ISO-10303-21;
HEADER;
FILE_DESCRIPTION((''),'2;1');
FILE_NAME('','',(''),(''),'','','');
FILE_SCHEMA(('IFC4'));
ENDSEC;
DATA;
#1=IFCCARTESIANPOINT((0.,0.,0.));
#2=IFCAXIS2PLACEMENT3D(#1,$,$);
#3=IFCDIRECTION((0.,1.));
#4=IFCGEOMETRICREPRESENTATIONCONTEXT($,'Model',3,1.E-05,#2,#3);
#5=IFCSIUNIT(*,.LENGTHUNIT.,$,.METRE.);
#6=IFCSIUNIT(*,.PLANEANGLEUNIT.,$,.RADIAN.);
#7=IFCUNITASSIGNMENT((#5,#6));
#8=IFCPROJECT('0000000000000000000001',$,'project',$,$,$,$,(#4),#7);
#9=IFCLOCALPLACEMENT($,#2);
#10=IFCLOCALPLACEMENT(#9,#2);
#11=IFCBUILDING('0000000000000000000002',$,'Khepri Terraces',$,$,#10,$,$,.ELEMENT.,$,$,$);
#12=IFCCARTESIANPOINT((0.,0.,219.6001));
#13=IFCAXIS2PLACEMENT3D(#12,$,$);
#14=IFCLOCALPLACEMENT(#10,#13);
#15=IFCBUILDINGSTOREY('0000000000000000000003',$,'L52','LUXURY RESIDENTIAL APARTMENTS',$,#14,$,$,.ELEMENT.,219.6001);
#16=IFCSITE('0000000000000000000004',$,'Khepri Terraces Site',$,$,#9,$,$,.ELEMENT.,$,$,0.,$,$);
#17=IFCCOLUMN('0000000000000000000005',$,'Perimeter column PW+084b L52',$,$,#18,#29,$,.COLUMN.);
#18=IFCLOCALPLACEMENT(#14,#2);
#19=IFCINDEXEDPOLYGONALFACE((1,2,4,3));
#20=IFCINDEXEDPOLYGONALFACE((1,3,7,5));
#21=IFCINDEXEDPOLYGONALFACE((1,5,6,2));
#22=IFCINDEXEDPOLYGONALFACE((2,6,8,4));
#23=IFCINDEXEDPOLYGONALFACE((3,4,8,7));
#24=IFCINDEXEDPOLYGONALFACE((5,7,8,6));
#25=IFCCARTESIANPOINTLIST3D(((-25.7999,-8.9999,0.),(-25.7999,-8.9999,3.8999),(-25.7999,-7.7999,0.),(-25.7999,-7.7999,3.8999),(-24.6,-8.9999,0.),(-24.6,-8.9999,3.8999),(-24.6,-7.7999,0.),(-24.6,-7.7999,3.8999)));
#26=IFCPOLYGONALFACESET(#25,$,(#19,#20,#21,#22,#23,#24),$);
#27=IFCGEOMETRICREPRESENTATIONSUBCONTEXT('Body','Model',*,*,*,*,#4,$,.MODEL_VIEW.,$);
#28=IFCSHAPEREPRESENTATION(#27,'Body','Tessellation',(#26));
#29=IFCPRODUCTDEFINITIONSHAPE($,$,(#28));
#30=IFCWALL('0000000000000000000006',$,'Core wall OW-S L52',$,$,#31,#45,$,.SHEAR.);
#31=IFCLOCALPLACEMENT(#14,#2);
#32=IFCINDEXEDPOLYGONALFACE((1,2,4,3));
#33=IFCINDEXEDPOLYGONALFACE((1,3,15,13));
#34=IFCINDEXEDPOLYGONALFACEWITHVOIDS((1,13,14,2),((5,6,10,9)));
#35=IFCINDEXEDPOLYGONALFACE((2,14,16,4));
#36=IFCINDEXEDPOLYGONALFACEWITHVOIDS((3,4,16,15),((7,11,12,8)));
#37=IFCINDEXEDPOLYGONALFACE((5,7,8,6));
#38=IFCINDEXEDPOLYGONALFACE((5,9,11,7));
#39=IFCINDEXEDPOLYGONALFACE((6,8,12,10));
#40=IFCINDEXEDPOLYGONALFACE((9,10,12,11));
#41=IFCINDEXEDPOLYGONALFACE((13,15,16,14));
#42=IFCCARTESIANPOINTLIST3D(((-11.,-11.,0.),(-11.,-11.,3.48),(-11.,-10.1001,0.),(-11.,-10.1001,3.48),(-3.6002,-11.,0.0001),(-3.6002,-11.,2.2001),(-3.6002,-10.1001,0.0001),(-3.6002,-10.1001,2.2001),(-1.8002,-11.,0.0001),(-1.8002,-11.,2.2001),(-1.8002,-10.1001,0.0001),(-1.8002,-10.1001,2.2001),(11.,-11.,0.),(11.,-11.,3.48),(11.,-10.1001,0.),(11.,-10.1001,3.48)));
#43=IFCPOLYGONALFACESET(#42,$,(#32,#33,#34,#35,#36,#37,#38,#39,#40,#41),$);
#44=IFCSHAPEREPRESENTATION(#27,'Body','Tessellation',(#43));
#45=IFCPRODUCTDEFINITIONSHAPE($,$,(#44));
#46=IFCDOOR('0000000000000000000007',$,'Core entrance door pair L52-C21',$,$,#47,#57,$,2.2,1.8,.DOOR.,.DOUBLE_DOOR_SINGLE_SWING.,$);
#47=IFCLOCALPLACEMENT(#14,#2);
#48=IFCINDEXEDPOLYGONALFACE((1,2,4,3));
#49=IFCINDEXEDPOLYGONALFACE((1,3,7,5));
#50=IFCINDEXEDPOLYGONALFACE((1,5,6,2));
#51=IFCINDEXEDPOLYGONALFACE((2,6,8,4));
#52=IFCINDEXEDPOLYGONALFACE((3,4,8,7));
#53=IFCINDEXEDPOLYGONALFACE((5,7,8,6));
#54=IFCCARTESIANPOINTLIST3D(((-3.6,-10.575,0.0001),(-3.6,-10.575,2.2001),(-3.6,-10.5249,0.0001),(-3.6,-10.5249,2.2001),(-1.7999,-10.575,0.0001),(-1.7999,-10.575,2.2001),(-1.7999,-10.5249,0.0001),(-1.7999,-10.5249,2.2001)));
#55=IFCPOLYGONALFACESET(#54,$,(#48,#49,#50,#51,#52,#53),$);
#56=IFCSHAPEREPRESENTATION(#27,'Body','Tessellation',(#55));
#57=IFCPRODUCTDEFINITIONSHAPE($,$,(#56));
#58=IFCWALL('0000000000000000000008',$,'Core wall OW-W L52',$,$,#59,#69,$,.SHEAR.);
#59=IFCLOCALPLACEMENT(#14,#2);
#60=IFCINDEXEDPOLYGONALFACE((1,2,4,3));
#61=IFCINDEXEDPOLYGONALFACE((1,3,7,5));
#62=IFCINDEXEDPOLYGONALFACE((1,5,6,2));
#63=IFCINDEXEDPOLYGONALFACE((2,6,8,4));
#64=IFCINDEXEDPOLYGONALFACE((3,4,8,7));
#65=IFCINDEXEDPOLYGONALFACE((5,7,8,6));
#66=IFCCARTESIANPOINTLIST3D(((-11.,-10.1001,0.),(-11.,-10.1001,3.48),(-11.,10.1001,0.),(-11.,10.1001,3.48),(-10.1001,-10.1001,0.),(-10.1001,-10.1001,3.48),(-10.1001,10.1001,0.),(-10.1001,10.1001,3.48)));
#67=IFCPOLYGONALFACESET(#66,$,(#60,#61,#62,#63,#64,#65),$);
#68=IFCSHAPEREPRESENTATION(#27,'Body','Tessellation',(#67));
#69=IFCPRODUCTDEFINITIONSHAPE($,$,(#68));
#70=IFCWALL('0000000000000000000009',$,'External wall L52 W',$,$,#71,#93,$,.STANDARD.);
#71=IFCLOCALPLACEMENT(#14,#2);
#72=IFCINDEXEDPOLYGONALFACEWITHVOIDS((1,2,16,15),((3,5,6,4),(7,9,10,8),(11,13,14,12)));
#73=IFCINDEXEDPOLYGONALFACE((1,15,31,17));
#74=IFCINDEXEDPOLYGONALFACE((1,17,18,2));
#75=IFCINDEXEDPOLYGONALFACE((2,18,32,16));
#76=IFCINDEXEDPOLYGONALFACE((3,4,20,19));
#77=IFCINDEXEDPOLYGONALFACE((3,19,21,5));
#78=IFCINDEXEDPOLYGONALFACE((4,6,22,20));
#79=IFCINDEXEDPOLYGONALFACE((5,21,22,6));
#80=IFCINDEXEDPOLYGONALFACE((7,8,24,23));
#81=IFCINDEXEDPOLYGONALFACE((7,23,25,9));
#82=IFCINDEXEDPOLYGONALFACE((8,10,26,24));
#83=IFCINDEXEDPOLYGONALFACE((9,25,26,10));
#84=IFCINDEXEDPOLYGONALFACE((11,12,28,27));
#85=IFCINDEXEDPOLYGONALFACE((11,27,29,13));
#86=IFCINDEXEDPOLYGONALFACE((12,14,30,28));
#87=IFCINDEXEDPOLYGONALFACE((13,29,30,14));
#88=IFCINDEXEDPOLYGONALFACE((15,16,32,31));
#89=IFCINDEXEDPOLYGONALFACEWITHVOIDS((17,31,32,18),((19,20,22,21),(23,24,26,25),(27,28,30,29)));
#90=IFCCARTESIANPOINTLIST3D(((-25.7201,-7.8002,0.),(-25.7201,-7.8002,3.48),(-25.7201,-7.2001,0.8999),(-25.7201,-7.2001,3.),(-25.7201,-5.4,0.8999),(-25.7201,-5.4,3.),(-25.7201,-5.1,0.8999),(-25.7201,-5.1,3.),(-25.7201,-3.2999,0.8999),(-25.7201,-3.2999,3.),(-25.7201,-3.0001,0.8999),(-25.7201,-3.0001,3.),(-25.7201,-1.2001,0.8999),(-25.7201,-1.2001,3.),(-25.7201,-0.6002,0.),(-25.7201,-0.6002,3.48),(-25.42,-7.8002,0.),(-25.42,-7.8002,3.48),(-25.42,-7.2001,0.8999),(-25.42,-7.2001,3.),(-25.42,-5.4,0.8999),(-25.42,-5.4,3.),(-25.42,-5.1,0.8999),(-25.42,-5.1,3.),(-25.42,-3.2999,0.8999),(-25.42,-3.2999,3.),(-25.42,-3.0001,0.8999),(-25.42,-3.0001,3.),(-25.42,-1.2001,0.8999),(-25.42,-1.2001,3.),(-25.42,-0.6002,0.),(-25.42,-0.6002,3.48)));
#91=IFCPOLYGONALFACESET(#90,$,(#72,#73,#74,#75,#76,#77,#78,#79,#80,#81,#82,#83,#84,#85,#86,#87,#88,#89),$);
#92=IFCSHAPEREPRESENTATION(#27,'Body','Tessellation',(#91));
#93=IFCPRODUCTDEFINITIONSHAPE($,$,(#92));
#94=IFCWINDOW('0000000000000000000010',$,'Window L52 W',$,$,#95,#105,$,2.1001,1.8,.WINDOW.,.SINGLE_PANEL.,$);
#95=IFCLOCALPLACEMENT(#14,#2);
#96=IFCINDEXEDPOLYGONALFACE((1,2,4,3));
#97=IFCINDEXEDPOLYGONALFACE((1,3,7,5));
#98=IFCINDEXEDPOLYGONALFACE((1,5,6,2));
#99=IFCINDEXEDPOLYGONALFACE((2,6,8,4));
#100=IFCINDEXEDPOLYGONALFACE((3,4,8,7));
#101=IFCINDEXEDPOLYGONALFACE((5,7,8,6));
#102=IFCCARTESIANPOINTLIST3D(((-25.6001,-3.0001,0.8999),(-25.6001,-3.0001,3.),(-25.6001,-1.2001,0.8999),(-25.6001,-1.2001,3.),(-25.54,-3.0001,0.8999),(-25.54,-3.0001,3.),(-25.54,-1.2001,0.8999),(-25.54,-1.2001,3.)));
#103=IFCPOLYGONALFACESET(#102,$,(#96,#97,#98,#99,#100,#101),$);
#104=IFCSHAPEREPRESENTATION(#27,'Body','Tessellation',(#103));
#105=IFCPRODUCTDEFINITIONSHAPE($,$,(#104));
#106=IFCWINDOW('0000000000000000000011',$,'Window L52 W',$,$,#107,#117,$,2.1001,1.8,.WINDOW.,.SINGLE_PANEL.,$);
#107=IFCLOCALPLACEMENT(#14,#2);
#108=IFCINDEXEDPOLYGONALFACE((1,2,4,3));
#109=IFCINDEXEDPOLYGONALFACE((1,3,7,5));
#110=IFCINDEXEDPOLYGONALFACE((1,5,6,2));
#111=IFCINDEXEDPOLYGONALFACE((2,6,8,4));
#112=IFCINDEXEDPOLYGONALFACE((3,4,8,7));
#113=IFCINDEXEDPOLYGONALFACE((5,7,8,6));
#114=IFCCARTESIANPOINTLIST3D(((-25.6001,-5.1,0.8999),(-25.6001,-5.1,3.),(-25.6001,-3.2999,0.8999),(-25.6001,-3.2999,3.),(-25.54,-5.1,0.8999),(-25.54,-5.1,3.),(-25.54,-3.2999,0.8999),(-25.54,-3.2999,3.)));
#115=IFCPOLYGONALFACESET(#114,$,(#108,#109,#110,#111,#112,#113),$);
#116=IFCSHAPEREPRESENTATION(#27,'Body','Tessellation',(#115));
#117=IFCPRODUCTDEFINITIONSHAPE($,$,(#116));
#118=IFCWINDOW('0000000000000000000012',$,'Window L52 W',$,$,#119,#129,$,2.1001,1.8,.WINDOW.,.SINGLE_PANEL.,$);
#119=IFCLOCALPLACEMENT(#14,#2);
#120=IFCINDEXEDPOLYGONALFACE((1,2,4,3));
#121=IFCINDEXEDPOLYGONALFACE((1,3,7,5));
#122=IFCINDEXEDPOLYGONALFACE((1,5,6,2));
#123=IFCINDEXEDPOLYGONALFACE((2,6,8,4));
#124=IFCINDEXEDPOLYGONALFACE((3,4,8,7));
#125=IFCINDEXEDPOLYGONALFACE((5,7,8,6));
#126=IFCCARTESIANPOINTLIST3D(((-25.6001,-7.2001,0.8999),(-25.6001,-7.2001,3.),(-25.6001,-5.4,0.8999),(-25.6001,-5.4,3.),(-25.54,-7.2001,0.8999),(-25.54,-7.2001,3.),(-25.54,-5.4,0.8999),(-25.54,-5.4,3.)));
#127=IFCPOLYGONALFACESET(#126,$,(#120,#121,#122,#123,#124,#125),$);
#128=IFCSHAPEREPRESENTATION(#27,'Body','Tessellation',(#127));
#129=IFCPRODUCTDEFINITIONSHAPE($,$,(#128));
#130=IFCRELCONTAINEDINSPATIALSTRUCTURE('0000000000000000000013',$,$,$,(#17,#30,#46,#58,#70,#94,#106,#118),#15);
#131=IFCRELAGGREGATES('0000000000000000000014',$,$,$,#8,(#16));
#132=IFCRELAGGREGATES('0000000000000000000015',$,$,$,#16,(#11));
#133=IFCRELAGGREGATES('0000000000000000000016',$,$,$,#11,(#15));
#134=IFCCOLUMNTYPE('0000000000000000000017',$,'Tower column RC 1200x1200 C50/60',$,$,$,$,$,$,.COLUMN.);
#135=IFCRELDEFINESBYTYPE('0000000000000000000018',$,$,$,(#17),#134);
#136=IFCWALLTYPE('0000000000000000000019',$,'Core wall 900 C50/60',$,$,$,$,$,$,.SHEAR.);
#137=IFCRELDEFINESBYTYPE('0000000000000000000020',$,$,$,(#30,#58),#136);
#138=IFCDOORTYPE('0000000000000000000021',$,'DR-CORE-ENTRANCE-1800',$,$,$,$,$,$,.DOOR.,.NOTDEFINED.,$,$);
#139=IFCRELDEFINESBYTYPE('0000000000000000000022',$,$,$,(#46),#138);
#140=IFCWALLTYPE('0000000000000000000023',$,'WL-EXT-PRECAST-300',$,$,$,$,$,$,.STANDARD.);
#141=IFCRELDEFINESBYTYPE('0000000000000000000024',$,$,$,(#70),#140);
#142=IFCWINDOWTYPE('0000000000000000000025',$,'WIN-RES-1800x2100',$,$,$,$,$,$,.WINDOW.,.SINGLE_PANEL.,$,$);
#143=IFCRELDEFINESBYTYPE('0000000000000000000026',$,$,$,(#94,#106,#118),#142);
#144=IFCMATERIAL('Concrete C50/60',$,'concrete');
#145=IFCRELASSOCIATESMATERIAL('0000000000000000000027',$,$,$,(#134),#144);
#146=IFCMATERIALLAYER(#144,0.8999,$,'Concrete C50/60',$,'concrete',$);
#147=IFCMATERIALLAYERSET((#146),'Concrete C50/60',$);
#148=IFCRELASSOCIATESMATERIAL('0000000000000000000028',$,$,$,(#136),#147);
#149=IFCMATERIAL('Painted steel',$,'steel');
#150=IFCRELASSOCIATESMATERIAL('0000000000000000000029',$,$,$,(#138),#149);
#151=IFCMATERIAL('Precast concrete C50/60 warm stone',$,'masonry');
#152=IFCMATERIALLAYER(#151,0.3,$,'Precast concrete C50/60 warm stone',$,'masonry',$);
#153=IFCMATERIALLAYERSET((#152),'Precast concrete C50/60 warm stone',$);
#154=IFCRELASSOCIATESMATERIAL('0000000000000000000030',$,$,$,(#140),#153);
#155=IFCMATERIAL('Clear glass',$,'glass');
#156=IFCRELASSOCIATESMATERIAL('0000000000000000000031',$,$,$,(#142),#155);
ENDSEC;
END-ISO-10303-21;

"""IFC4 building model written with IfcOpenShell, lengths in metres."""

from ifc_helpers import new_model, si_unit, direction, frame, frame_2d, origin, origin_2d, place, context, subcontext, project, spatial, rectangle, extrude, material, layer, layer_set, material_profile, profile_set, type_object, element, fill, save


model = new_model("IFC4")

# Units and contexts
model_context = context("Model", 3, precision=1e-05, world=origin(), true_north=direction((0.0, 1.0)))
body_context = subcontext(model_context, "Body", "Model", "MODEL_VIEW")
ifc_project = project(units=[si_unit("LENGTHUNIT", "METRE"), si_unit("PLANEANGLEUNIT", "RADIAN")], contexts=[model_context])

# Site, building, storey
site_placement = place(None, origin())
site = spatial("IfcSite", under=ifc_project, at=site_placement, Name="Khepri Terraces Site", CompositionType="ELEMENT", RefElevation=0.0)
building_placement = place(site_placement, origin())
building = spatial("IfcBuilding", under=site, at=building_placement, Name="Khepri Terraces", CompositionType="ELEMENT")
storey_placement = place(building_placement, frame((0.0, 0.0, 219.6001)))
storey = spatial("IfcBuildingStorey", under=building, at=storey_placement, Name="L52", Description="LUXURY RESIDENTIAL APARTMENTS", CompositionType="ELEMENT", Elevation=219.6001)

# Column
ifc_material_1 = material(Name="Concrete C50/60", Category="concrete")
ifc_material_profile = material_profile(ifc_material_1, rectangle(XDim=1.2, YDim=1.2, at=origin_2d()), Name="Concrete C50/60", Category="concrete")
ifc_profile_set = profile_set([ifc_material_profile], Name="Concrete C50/60")
column_type = type_object("IfcColumnType", Name="Tower column RC 1200x1200 C50/60", PredefinedType="COLUMN", material=ifc_profile_set)
column_placement = place(storey_placement, frame((-25.2, -8.3999, 0.0), z_axis=(0.0, 0.0, 1.0), x_axis=(1.0, 0.0, 0.0)))
element("IfcColumn", 1, at=column_placement, inside=storey, type_object=column_type, Name="Perimeter column PW+084b L52", PredefinedType="COLUMN", context=body_context, shape_type="SweptSolid", body=[
    extrude(rectangle(XDim=1.2, YDim=1.2, at=origin_2d()), origin(), (0.0, 0.0, 1.0), 3.8999),
])

# Wall, opening, door
ifc_layer_1 = layer(ifc_material_1, 0.8999, Name="Concrete C50/60", Category="concrete")
ifc_layer_set_1 = layer_set([ifc_layer_1], Name="Concrete C50/60")
wall_type_1 = type_object("IfcWallType", Name="Core wall 900 C50/60", PredefinedType="SHEAR", material=ifc_layer_set_1)
wall_1_placement = place(storey_placement, frame((-11.0, -10.55, 0.0), z_axis=(0.0, 0.0, 1.0), x_axis=(1.0, 0.0, 0.0)))
wall_1 = element("IfcWall", 2, at=wall_1_placement, inside=storey, type_object=wall_type_1, Name="Core wall OW-S L52", PredefinedType="SHEAR", context=body_context, shape_type="SweptSolid", body=[
    extrude(rectangle(XDim=22.0, YDim=0.8999, at=frame_2d((11.0, 0.0))), origin(), (0.0, 0.0, 1.0), 3.48),
])
opening_1_placement = place(wall_1_placement, frame((7.3999, 0.0, 0.0)))
opening_1 = element("IfcOpeningElement", 3, at=opening_1_placement, cuts=wall_1, PredefinedType="OPENING", context=body_context, shape_type="SweptSolid", body=[
    extrude(rectangle(XDim=1.8, YDim=2.2, at=frame_2d((0.8999, 1.1001))), frame((0.0, 0.46, 0.0), z_axis=(0.0, -1.0, 0.0), x_axis=(1.0, 0.0, 0.0)), (0.0, 0.0, 1.0), 0.9199),
])
ifc_material_2 = material(Name="Painted steel", Category="steel")
door_type_1 = type_object("IfcDoorType", Name="DR-CORE-ENTRANCE-1800", OperationType="NOTDEFINED", PredefinedType="DOOR", material=ifc_material_2)
door_1_placement = place(opening_1_placement, frame((1.8, 0.0, 0.0), z_axis=(0.0, 0.0, 1.0), x_axis=(-1.0, 0.0, 0.0)))
door_1 = element("IfcDoor", 4, at=door_1_placement, inside=storey, type_object=door_type_1, Name="Core entrance door pair L52-C21", OperationType="DOUBLE_DOOR_SINGLE_SWING", OverallHeight=2.2, OverallWidth=1.8, PredefinedType="DOOR", context=body_context, shape_type="SweptSolid", body=[
    extrude(rectangle(XDim=1.8, YDim=2.2, at=frame_2d((0.8999, 1.1001))), frame((0.0, 0.0249, 0.0), z_axis=(0.0, -1.0, 0.0), x_axis=(1.0, 0.0, 0.0)), (0.0, 0.0, 1.0), 0.05),
])
fill(opening_1, door_1)

# Wall
wall_2_placement = place(storey_placement, frame((-10.55, -10.1001, 0.0), z_axis=(0.0, 0.0, 1.0), x_axis=(0.0, 1.0, 0.0)))
element("IfcWall", 5, at=wall_2_placement, inside=storey, type_object=wall_type_1, Name="Core wall OW-W L52", PredefinedType="SHEAR", context=body_context, shape_type="SweptSolid", body=[
    extrude(rectangle(XDim=20.2002, YDim=0.8999, at=frame_2d((10.1001, 0.0))), origin(), (0.0, 0.0, 1.0), 3.48),
])

# Wall, openings, windows
ifc_material_3 = material(Name="Precast concrete C50/60 warm stone", Category="masonry")
ifc_layer_2 = layer(ifc_material_3, 0.3, Name="Precast concrete C50/60 warm stone", Category="masonry")
ifc_layer_set_2 = layer_set([ifc_layer_2], Name="Precast concrete C50/60 warm stone")
wall_type_2 = type_object("IfcWallType", Name="WL-EXT-PRECAST-300", PredefinedType="STANDARD", material=ifc_layer_set_2)
wall_3_placement = place(storey_placement, frame((-25.5701, -0.6001, 0.0), z_axis=(0.0, 0.0, 1.0), x_axis=(0.0, -1.0, 0.0)))
wall_3 = element("IfcWall", 6, at=wall_3_placement, inside=storey, type_object=wall_type_2, Name="External wall L52 W", PredefinedType="STANDARD", context=body_context, shape_type="SweptSolid", body=[
    extrude(rectangle(XDim=7.2, YDim=0.3, at=frame_2d((3.6001, 0.0))), origin(), (0.0, 0.0, 1.0), 3.48),
])
opening_2_placement = place(wall_3_placement, frame((0.6001, 0.0, 0.8999)))
opening_2 = element("IfcOpeningElement", 7, at=opening_2_placement, cuts=wall_3, PredefinedType="OPENING", context=body_context, shape_type="SweptSolid", body=[
    extrude(rectangle(XDim=1.8, YDim=2.1001, at=frame_2d((0.8999, 1.05))), frame((0.0, 0.1602, 0.0), z_axis=(0.0, -1.0, 0.0), x_axis=(1.0, 0.0, 0.0)), (0.0, 0.0, 1.0), 0.3201),
])
opening_3_placement = place(wall_3_placement, frame((2.7, 0.0, 0.8999)))
opening_3 = element("IfcOpeningElement", 8, at=opening_3_placement, cuts=wall_3, PredefinedType="OPENING", context=body_context, shape_type="SweptSolid", body=[
    extrude(rectangle(XDim=1.8, YDim=2.1001, at=frame_2d((0.8999, 1.05))), frame((0.0, 0.1602, 0.0), z_axis=(0.0, -1.0, 0.0), x_axis=(1.0, 0.0, 0.0)), (0.0, 0.0, 1.0), 0.3201),
])
opening_4_placement = place(wall_3_placement, frame((4.8, 0.0, 0.8999)))
opening_4 = element("IfcOpeningElement", 9, at=opening_4_placement, cuts=wall_3, PredefinedType="OPENING", context=body_context, shape_type="SweptSolid", body=[
    extrude(rectangle(XDim=1.8, YDim=2.1001, at=frame_2d((0.8999, 1.05))), frame((0.0, 0.1602, 0.0), z_axis=(0.0, -1.0, 0.0), x_axis=(1.0, 0.0, 0.0)), (0.0, 0.0, 1.0), 0.3201),
])
ifc_material_4 = material(Name="Clear glass", Category="glass")
window_type = type_object("IfcWindowType", Name="WIN-RES-1800x2100", PartitioningType="SINGLE_PANEL", PredefinedType="WINDOW", material=ifc_material_4)
window_1_placement = place(opening_2_placement, origin())
window_1 = element("IfcWindow", 10, at=window_1_placement, inside=storey, type_object=window_type, Name="Window L52 W", OverallHeight=2.1001, OverallWidth=1.8, PartitioningType="SINGLE_PANEL", PredefinedType="WINDOW", context=body_context, shape_type="SweptSolid", body=[
    extrude(rectangle(XDim=1.8, YDim=2.1001, at=frame_2d((0.8999, 1.05))), frame((0.0, 0.03, 0.0), z_axis=(0.0, -1.0, 0.0), x_axis=(1.0, 0.0, 0.0)), (0.0, 0.0, 1.0), 0.0601),
])
fill(opening_2, window_1)
window_2_placement = place(opening_3_placement, origin())
window_2 = element("IfcWindow", 11, at=window_2_placement, inside=storey, type_object=window_type, Name="Window L52 W", OverallHeight=2.1001, OverallWidth=1.8, PartitioningType="SINGLE_PANEL", PredefinedType="WINDOW", context=body_context, shape_type="SweptSolid", body=[
    extrude(rectangle(XDim=1.8, YDim=2.1001, at=frame_2d((0.8999, 1.05))), frame((0.0, 0.03, 0.0), z_axis=(0.0, -1.0, 0.0), x_axis=(1.0, 0.0, 0.0)), (0.0, 0.0, 1.0), 0.0601),
])
fill(opening_3, window_2)
window_3_placement = place(opening_4_placement, origin())
window_3 = element("IfcWindow", 12, at=window_3_placement, inside=storey, type_object=window_type, Name="Window L52 W", OverallHeight=2.1001, OverallWidth=1.8, PartitioningType="SINGLE_PANEL", PredefinedType="WINDOW", context=body_context, shape_type="SweptSolid", body=[
    extrude(rectangle(XDim=1.8, YDim=2.1001, at=frame_2d((0.8999, 1.05))), frame((0.0, 0.03, 0.0), z_axis=(0.0, -1.0, 0.0), x_axis=(1.0, 0.0, 0.0)), (0.0, 0.0, 1.0), 0.0601),
])
fill(opening_4, window_3)

save(model, "model.ifc")
